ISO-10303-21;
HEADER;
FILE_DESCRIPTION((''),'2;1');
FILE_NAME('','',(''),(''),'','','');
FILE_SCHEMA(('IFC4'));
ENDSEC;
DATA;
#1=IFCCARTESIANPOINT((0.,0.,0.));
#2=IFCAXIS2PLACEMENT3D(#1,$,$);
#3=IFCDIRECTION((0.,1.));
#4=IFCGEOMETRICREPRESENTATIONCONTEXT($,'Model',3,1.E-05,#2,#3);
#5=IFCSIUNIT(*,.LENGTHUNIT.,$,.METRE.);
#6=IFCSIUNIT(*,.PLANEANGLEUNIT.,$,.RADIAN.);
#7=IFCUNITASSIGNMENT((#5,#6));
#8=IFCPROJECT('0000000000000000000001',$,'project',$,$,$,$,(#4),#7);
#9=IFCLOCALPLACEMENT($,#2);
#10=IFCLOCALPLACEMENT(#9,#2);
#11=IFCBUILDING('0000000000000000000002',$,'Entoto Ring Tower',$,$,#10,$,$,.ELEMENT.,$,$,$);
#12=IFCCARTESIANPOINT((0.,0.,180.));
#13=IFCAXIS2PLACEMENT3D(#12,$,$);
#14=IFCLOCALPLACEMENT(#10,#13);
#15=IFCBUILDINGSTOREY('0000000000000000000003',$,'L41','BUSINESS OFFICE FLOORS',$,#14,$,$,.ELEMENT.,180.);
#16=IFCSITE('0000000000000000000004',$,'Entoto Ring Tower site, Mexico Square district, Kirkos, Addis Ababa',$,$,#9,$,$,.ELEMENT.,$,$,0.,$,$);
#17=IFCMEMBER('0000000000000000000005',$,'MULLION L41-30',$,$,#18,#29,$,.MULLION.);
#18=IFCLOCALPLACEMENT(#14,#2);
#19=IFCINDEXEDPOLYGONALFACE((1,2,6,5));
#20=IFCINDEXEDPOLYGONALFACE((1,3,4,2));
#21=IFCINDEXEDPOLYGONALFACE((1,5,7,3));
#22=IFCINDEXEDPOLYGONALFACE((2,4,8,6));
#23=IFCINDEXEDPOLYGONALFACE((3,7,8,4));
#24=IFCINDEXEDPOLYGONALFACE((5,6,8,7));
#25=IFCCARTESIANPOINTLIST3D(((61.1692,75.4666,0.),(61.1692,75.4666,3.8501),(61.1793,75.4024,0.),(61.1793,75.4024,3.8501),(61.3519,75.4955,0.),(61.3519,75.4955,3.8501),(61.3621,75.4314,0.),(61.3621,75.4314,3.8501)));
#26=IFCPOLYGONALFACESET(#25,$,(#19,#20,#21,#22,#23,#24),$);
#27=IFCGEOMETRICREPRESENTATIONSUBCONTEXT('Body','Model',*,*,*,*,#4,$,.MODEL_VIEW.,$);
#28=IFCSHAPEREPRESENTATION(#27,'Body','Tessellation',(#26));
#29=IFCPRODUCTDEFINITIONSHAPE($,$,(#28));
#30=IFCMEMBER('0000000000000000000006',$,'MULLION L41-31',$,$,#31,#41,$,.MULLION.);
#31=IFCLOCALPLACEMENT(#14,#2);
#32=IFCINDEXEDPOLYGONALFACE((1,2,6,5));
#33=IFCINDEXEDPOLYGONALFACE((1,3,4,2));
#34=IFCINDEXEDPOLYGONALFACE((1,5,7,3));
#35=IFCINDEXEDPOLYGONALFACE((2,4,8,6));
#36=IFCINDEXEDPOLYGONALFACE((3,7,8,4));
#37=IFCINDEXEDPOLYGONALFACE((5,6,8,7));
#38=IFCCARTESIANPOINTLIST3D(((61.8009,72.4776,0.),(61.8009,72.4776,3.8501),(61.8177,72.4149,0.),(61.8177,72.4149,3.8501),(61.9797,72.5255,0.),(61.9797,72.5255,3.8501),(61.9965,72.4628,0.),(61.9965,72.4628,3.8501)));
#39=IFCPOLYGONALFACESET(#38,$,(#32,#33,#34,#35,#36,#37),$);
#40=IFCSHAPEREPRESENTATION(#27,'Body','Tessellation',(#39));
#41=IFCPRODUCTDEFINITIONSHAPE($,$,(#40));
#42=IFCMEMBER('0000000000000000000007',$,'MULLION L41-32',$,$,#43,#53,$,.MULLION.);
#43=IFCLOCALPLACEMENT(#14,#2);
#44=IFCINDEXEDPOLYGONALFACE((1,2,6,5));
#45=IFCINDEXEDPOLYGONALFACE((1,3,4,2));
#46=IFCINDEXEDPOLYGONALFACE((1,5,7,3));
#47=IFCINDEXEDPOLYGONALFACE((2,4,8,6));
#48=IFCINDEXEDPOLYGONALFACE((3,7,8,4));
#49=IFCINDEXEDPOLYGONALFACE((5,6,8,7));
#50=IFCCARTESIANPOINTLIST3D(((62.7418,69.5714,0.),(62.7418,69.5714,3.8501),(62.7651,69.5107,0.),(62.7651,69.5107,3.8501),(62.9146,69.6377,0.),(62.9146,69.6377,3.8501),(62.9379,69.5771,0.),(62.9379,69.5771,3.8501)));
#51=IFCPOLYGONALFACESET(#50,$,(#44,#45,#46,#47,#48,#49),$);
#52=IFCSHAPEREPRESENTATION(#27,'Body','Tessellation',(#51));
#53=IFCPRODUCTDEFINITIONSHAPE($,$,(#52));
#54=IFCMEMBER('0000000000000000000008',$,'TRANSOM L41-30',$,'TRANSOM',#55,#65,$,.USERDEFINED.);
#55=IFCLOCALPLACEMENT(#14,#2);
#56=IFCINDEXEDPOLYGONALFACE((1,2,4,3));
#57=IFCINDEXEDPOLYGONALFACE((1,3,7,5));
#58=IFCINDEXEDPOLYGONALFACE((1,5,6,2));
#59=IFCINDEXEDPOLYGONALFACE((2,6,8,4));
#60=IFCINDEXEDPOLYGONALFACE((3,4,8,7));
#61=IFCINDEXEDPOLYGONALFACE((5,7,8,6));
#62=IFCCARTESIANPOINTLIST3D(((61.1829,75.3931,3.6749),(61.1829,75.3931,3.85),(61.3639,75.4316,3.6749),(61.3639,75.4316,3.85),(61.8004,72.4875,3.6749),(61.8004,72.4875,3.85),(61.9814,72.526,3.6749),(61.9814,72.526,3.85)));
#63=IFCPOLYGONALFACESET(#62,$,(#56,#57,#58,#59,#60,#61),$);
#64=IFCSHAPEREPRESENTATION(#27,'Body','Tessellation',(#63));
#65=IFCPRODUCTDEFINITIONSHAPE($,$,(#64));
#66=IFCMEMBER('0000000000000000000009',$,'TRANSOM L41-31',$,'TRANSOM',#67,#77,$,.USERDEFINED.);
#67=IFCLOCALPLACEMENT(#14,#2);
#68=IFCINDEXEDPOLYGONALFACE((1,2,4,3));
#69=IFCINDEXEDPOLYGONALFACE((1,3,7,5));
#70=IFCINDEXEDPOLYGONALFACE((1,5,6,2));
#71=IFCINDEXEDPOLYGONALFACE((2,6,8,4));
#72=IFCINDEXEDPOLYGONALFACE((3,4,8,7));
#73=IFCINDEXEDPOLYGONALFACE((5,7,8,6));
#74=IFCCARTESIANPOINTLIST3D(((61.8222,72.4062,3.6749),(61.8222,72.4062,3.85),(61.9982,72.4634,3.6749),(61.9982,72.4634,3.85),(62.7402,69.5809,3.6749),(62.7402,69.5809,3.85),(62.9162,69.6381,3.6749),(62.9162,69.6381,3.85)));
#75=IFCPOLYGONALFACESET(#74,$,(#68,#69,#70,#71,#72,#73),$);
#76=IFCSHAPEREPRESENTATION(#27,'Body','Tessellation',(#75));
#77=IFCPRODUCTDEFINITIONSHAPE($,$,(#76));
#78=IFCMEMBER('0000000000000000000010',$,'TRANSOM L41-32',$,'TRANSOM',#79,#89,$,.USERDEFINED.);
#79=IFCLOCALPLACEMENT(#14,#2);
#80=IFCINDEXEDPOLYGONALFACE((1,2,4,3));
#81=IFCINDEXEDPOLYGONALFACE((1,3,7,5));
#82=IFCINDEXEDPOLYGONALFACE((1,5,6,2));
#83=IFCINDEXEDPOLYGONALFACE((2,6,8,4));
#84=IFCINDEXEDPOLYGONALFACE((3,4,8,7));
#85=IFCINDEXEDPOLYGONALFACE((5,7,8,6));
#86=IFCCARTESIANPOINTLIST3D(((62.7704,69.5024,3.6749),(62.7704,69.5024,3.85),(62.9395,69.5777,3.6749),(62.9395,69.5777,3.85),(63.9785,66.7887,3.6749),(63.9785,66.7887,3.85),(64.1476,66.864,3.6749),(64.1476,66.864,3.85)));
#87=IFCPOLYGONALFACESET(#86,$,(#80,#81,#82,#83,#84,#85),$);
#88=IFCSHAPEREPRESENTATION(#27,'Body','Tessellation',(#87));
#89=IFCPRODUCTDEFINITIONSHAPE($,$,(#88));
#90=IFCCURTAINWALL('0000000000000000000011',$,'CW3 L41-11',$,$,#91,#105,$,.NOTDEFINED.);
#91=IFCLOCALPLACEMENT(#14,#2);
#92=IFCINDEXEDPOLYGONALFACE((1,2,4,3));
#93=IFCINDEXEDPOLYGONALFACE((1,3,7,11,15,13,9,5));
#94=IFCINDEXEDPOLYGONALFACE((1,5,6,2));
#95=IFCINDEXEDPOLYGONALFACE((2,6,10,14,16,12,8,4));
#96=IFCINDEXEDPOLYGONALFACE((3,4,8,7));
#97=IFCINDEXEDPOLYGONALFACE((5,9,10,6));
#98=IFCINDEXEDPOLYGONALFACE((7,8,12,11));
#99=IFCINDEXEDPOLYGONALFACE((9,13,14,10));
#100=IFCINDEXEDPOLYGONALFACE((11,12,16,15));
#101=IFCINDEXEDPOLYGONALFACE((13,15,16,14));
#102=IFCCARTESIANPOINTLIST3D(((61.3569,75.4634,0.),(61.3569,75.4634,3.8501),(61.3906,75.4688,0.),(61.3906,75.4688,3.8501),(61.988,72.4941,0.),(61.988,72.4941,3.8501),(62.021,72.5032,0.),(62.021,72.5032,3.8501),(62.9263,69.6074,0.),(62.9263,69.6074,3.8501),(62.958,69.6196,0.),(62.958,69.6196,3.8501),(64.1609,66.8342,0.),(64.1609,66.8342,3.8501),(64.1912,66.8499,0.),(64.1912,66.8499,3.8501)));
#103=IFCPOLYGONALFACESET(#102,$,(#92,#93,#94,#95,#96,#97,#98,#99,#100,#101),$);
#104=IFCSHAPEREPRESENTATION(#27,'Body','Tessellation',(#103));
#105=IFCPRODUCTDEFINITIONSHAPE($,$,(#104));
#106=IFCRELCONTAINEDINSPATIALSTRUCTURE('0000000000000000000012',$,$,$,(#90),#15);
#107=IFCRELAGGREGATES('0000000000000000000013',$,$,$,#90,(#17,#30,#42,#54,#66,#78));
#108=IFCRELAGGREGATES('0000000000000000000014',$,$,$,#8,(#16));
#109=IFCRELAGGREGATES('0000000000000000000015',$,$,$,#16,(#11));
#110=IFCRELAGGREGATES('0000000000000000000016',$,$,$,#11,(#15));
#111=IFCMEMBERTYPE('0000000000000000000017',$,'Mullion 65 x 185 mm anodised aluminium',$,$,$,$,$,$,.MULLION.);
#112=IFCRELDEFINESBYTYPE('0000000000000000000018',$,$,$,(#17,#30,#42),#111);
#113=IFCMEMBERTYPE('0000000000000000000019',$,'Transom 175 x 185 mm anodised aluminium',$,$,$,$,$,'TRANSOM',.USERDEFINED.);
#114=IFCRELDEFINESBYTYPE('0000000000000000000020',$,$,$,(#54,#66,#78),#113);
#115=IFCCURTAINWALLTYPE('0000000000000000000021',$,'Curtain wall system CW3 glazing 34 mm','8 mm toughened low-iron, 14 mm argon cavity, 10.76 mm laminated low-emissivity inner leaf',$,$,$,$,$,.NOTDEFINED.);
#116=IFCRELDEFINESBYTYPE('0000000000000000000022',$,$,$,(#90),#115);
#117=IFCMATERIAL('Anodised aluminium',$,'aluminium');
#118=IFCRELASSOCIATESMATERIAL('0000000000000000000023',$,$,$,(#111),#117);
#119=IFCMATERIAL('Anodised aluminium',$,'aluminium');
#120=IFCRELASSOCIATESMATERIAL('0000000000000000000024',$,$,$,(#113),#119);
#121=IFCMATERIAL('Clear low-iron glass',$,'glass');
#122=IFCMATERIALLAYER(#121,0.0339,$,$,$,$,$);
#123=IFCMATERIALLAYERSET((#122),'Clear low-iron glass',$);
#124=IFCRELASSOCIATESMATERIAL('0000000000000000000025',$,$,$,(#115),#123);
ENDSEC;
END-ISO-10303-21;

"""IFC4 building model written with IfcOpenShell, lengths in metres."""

from ifc_helpers import new_model, si_unit, direction, frame, origin, origin_2d, place, context, subcontext, project, spatial, polyline, rectangle, outline, extrude, material, layer, layer_set, material_profile, profile_set, type_object, element, aggregate, save


model = new_model("IFC4")

# Units and contexts
model_context = context("Model", 3, precision=1e-05, world=origin(), true_north=direction((0.0, 1.0)))
body_context = subcontext(model_context, "Body", "Model", "MODEL_VIEW")
ifc_project = project(units=[si_unit("LENGTHUNIT", "METRE"), si_unit("PLANEANGLEUNIT", "RADIAN")], contexts=[model_context])

# Members
ifc_material_1 = material(Name="Anodised aluminium", Category="aluminium")
ifc_material_profile_1 = material_profile(ifc_material_1, rectangle(XDim=0.0649, YDim=0.1851, at=origin_2d()), Name="Mullion 65 x 185 mm anodised aluminium")
ifc_profile_set_1 = profile_set([ifc_material_profile_1], Name="Anodised aluminium")
member_type_1 = type_object("IfcMemberType", Name="Mullion 65 x 185 mm anodised aluminium", PredefinedType="MULLION", material=ifc_profile_set_1)
site_placement = place(None, origin())
building_placement = place(site_placement, origin())
storey_placement = place(building_placement, frame((0.0, 0.0, 180.0)))
member_1_placement = place(storey_placement, frame((61.2656, 75.449, 0.0), z_axis=(0.0, 0.0, 1.0), x_axis=(0.156434, -0.987688, 0.0)))
member_1 = element("IfcMember", 1, at=member_1_placement, type_object=member_type_1, Name="MULLION L41-30", PredefinedType="MULLION", context=body_context, shape_type="SweptSolid", body=[
    extrude(rectangle(XDim=0.0649, YDim=0.1851, at=origin_2d()), origin(), (0.0, 0.0, 1.0), 3.8501),
])
member_2_placement = place(storey_placement, frame((61.8987, 72.4702, 0.0), z_axis=(0.0, 0.0, 1.0), x_axis=(0.258819, -0.965926, 0.0)))
member_2 = element("IfcMember", 2, at=member_2_placement, type_object=member_type_1, Name="MULLION L41-31", PredefinedType="MULLION", context=body_context, shape_type="SweptSolid", body=[
    extrude(rectangle(XDim=0.0649, YDim=0.1851, at=origin_2d()), origin(), (0.0, 0.0, 1.0), 3.8501),
])
member_3_placement = place(storey_placement, frame((62.8398, 69.5742, 0.0), z_axis=(0.0, 0.0, 1.0), x_axis=(0.358368, -0.93358, 0.0)))
member_3 = element("IfcMember", 3, at=member_3_placement, type_object=member_type_1, Name="MULLION L41-32", PredefinedType="MULLION", context=body_context, shape_type="SweptSolid", body=[
    extrude(rectangle(XDim=0.0649, YDim=0.1851, at=origin_2d()), origin(), (0.0, 0.0, 1.0), 3.8501),
])
ifc_material_2 = material(Name="Anodised aluminium", Category="aluminium")
ifc_material_profile_2 = material_profile(ifc_material_2, rectangle(XDim=0.1851, YDim=0.175, at=origin_2d()), Name="Transom 175 x 185 mm anodised aluminium")
ifc_profile_set_2 = profile_set([ifc_material_profile_2], Name="Anodised aluminium")
member_type_2 = type_object("IfcMemberType", Name="Transom 175 x 185 mm anodised aluminium", ElementType="TRANSOM", PredefinedType="USERDEFINED", material=ifc_profile_set_2)
member_4_placement = place(storey_placement, frame((61.2734, 75.4124, 3.7625), z_axis=(0.207862, -0.978158, 0.0), x_axis=(0.978158, 0.207862, 0.0)))
member_4 = element("IfcMember", 4, at=member_4_placement, type_object=member_type_2, Name="TRANSOM L41-30", ObjectType="TRANSOM", PredefinedType="USERDEFINED", context=body_context, shape_type="SweptSolid", body=[
    extrude(rectangle(XDim=0.1851, YDim=0.175, at=origin_2d()), origin(), (0.0, 0.0, 1.0), 2.9705),
])
member_5_placement = place(storey_placement, frame((61.9102, 72.4348, 3.7625), z_axis=(0.309019, -0.951056, 0.0), x_axis=(0.951056, 0.309019, 0.0)))
member_5 = element("IfcMember", 5, at=member_5_placement, type_object=member_type_2, Name="TRANSOM L41-31", ObjectType="TRANSOM", PredefinedType="USERDEFINED", context=body_context, shape_type="SweptSolid", body=[
    extrude(rectangle(XDim=0.1851, YDim=0.175, at=origin_2d()), origin(), (0.0, 0.0, 1.0), 2.9707),
])
member_6_placement = place(storey_placement, frame((62.855, 69.54, 3.7625), z_axis=(0.406687, -0.913567, 0.0), x_axis=(0.913567, 0.406687, 0.0)))
member_6 = element("IfcMember", 6, at=member_6_placement, type_object=member_type_2, Name="TRANSOM L41-32", ObjectType="TRANSOM", PredefinedType="USERDEFINED", context=body_context, shape_type="SweptSolid", body=[
    extrude(rectangle(XDim=0.1851, YDim=0.175, at=origin_2d()), origin(), (0.0, 0.0, 1.0), 2.9705),
])

# Site, building, storey
site = spatial("IfcSite", under=ifc_project, at=site_placement, Name="Entoto Ring Tower site, Mexico Square district, Kirkos, Addis Ababa", CompositionType="ELEMENT", RefElevation=0.0)
building = spatial("IfcBuilding", under=site, at=building_placement, Name="Entoto Ring Tower", CompositionType="ELEMENT")
storey = spatial("IfcBuildingStorey", under=building, at=storey_placement, Name="L41", Description="BUSINESS OFFICE FLOORS", CompositionType="ELEMENT", Elevation=180.0)

# Curtain wall
ifc_material_3 = material(Name="Clear low-iron glass", Category="glass")
ifc_layer = layer(ifc_material_3, 0.0339)
ifc_layer_set = layer_set([ifc_layer], Name="Clear low-iron glass")
curtain_wall_type = type_object("IfcCurtainWallType", Name="Curtain wall system CW3 glazing 34 mm", Description="8 mm toughened low-iron, 14 mm argon cavity, 10.76 mm laminated low-emissivity inner leaf", PredefinedType="NOTDEFINED", material=ifc_layer_set)
curtain_wall_1_placement = place(storey_placement, origin())
curtain_wall_1 = element("IfcCurtainWall", 7, at=curtain_wall_1_placement, inside=storey, type_object=curtain_wall_type, Name="CW3 L41-11", PredefinedType="NOTDEFINED", context=body_context, shape_type="SweptSolid", body=[
    extrude(outline(polyline([(61.3569, 75.4634), (61.988, 72.4941), (62.9263, 69.6074), (64.1609, 66.8342), (64.1912, 66.8499), (62.958, 69.6196), (62.021, 72.5032), (61.3906, 75.4688), (61.3569, 75.4634)])), origin(), (0.0, 0.0, 1.0), 3.8501),
])
aggregate(curtain_wall_1, [member_1, member_2, member_3, member_4, member_5, member_6])

save(model, "model.ifc")
